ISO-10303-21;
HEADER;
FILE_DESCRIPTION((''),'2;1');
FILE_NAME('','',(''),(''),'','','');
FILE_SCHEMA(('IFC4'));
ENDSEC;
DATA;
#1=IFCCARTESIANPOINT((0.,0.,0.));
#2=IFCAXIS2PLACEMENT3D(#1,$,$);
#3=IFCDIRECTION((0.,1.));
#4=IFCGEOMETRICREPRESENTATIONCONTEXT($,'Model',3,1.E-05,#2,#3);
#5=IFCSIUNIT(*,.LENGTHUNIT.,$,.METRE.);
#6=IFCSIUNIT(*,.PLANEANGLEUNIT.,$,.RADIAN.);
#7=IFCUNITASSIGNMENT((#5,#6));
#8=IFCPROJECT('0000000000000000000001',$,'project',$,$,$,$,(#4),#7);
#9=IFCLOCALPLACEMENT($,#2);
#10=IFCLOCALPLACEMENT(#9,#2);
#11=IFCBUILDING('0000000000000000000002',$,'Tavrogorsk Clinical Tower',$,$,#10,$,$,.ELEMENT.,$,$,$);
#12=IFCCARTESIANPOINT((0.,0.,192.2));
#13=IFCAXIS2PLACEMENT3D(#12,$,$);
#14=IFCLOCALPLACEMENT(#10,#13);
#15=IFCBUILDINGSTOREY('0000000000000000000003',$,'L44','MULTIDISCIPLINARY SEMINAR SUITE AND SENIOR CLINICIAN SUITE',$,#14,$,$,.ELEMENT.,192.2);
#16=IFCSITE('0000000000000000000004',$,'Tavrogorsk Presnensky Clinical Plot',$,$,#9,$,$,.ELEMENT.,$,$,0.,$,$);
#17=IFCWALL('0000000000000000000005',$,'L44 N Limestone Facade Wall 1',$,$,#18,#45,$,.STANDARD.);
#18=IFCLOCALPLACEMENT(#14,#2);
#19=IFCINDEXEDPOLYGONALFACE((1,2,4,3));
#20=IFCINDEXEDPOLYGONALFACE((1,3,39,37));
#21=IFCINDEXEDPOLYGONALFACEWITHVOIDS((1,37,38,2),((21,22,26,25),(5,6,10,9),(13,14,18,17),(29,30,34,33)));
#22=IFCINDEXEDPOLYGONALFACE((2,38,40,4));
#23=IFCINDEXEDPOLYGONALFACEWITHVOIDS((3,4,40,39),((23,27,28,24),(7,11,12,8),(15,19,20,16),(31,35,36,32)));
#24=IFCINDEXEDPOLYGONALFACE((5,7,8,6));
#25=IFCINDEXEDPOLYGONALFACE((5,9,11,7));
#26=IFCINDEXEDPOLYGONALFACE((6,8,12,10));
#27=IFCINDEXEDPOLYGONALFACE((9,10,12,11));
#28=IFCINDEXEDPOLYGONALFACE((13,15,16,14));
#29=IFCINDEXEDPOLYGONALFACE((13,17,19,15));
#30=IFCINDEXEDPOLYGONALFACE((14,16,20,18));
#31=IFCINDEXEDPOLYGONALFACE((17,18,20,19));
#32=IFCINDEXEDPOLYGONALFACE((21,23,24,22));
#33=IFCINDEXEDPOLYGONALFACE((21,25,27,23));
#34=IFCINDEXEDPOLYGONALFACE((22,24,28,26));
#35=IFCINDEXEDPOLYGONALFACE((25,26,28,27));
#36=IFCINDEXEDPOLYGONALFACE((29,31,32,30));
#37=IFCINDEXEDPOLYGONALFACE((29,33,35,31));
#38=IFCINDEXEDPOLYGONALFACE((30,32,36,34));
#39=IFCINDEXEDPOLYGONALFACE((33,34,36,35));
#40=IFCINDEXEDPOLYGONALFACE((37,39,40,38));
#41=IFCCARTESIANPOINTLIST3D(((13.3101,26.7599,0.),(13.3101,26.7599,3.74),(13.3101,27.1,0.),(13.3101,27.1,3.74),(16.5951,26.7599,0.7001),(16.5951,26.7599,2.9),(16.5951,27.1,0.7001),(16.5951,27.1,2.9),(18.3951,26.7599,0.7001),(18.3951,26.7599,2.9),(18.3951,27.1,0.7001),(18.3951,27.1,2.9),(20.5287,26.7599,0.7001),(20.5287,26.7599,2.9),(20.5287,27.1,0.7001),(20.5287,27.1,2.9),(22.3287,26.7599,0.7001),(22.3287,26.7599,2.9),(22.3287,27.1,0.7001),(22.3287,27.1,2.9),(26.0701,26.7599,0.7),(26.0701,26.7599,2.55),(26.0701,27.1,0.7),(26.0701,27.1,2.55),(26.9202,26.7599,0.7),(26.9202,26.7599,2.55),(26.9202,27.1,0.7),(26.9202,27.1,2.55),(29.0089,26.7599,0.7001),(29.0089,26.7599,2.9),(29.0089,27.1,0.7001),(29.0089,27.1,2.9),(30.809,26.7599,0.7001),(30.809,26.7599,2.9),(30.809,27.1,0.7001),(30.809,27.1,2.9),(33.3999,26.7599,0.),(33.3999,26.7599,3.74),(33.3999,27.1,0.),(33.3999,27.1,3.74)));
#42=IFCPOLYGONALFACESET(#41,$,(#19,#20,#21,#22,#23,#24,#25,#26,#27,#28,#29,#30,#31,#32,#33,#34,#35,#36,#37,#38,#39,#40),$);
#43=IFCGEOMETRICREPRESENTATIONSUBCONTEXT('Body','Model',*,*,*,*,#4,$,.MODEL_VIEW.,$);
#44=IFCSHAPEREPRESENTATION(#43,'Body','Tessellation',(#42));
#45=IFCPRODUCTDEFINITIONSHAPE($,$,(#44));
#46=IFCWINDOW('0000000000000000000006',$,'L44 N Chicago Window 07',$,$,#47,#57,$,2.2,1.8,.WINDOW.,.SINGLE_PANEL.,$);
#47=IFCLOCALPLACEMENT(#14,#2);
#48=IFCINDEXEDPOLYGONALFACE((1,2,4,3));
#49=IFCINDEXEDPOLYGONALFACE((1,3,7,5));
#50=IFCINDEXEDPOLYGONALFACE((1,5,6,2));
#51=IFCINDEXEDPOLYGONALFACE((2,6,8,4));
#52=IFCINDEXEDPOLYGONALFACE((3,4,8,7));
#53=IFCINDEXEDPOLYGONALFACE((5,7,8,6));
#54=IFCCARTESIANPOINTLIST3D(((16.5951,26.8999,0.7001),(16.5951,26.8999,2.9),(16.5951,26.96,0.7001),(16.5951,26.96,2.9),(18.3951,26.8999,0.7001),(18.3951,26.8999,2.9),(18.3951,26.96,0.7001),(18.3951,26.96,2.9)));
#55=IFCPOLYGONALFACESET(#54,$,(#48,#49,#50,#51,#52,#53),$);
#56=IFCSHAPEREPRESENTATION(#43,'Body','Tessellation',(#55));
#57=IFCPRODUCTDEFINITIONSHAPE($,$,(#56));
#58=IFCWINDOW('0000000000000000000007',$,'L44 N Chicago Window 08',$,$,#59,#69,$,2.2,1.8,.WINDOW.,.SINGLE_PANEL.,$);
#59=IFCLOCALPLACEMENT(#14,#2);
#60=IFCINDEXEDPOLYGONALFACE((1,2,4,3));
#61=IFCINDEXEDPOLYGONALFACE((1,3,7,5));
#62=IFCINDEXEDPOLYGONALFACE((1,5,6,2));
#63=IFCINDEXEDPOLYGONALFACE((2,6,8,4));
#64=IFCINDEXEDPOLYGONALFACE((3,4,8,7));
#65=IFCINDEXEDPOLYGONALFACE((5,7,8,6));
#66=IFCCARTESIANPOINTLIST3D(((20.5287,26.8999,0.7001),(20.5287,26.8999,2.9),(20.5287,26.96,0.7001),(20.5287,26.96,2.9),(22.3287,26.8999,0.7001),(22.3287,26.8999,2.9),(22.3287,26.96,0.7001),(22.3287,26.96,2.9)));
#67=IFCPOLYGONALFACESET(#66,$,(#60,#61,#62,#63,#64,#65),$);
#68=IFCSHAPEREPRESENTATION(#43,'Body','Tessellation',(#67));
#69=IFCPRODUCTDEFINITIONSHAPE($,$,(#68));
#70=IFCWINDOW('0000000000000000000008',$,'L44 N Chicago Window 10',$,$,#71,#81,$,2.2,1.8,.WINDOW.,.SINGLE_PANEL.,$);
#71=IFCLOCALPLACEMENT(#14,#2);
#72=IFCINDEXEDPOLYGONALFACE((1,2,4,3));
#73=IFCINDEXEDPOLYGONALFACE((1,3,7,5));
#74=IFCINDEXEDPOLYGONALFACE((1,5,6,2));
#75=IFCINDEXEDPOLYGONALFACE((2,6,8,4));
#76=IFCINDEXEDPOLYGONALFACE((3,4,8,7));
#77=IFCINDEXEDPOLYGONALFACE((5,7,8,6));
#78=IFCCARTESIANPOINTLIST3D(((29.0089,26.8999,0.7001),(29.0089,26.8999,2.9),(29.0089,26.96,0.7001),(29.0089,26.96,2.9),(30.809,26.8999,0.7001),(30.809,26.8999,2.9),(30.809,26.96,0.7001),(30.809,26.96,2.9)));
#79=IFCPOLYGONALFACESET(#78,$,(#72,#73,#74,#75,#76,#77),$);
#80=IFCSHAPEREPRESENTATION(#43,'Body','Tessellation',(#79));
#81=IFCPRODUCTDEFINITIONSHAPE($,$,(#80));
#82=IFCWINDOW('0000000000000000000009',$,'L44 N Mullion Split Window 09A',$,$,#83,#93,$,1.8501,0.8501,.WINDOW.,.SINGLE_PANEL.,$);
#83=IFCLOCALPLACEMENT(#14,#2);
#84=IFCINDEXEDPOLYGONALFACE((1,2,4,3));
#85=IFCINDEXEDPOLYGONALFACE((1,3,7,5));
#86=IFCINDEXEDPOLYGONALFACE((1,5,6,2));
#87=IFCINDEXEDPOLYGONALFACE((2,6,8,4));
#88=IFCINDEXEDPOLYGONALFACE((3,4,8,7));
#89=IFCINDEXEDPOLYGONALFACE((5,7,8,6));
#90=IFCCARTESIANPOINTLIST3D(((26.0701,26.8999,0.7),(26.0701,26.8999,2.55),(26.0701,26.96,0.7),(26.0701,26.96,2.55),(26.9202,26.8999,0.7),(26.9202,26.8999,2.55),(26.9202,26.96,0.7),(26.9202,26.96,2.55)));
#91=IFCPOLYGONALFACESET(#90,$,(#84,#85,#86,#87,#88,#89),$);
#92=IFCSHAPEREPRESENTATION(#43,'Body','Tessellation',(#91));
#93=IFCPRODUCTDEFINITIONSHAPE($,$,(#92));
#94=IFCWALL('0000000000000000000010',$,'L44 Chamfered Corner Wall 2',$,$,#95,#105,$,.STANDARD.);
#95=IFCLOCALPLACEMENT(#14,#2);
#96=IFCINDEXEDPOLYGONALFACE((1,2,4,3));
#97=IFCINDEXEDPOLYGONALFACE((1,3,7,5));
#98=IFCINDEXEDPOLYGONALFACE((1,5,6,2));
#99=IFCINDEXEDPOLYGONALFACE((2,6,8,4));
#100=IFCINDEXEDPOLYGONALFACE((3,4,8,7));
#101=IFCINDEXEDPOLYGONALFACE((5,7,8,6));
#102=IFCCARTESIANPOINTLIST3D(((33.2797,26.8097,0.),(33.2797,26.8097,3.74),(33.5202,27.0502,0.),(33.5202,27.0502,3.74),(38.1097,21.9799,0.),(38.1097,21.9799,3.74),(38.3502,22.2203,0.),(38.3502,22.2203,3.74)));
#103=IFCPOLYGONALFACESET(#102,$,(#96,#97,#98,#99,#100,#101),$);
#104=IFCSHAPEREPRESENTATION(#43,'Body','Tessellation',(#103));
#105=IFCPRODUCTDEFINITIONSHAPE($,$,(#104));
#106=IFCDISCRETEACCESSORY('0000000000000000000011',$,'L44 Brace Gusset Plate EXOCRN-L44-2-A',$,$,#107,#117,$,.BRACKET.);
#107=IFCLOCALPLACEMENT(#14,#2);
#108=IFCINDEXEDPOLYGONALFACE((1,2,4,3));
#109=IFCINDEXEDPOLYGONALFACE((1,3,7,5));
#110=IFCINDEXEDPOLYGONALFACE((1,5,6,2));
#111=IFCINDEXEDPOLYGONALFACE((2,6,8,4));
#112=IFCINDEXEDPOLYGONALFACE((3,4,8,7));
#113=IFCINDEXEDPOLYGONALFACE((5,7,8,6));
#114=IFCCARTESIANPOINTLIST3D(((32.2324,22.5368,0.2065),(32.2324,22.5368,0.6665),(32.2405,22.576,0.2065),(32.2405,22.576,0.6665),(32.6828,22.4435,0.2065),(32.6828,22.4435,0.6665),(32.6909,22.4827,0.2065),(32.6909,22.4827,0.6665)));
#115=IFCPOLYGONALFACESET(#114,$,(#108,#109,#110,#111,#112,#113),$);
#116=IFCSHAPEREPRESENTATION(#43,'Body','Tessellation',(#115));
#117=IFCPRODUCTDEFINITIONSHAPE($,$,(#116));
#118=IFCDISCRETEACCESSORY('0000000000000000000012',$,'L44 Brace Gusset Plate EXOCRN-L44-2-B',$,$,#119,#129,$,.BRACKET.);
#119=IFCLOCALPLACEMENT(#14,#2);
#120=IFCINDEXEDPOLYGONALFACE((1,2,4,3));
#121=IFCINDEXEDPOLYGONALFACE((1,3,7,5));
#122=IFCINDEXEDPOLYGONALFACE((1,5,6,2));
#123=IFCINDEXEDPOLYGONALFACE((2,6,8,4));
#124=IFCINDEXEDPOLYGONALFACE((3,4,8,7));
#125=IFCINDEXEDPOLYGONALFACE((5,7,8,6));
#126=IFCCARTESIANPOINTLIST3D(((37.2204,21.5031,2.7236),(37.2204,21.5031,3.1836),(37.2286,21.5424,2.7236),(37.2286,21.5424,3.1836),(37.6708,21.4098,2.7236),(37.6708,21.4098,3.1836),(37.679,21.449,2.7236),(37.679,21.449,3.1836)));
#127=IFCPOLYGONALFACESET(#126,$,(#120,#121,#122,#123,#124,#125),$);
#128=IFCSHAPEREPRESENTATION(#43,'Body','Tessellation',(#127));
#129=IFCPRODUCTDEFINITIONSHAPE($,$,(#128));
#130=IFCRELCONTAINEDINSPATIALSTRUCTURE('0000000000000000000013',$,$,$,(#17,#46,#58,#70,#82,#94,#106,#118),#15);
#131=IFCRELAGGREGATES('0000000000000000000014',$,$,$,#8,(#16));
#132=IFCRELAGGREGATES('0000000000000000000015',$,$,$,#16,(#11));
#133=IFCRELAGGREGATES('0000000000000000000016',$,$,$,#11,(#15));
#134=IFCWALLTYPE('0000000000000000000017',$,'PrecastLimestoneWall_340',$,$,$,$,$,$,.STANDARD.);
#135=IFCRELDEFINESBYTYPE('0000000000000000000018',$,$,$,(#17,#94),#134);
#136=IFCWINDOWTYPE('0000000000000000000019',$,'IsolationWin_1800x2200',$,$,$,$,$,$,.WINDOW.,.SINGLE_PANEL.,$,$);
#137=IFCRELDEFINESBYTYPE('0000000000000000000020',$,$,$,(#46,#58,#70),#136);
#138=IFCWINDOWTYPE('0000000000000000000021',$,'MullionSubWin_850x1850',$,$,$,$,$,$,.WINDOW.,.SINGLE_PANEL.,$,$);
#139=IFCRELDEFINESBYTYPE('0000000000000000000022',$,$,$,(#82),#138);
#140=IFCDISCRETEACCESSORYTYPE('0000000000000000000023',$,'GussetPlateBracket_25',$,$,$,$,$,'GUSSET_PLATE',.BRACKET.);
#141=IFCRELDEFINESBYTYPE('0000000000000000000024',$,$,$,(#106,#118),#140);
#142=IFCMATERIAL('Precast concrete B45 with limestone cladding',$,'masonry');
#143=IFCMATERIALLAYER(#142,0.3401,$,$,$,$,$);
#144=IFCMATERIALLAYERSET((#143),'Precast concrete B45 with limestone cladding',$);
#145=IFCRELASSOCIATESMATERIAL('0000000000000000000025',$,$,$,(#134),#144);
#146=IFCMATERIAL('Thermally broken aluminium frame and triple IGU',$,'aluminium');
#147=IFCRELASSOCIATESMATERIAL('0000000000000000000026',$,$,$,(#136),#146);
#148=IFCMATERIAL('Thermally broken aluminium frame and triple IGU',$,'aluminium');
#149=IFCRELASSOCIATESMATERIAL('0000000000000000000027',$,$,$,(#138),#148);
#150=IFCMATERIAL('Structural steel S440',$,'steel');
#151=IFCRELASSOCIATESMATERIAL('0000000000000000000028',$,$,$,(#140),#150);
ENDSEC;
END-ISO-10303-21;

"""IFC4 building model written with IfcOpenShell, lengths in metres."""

from ifc_helpers import new_model, si_unit, direction, frame, frame_2d, origin, origin_2d, place, context, subcontext, project, spatial, rectangle, extrude, material, layer, layer_set, type_object, element, fill, save


model = new_model("IFC4")

# Units and contexts
model_context = context("Model", 3, precision=1e-05, world=origin(), true_north=direction((0.0, 1.0)))
body_context = subcontext(model_context, "Body", "Model", "MODEL_VIEW")
ifc_project = project(units=[si_unit("LENGTHUNIT", "METRE"), si_unit("PLANEANGLEUNIT", "RADIAN")], contexts=[model_context])

# Site, building, storey
site_placement = place(None, origin())
site = spatial("IfcSite", under=ifc_project, at=site_placement, Name="Tavrogorsk Presnensky Clinical Plot", CompositionType="ELEMENT", RefElevation=0.0)
building_placement = place(site_placement, origin())
building = spatial("IfcBuilding", under=site, at=building_placement, Name="Tavrogorsk Clinical Tower", CompositionType="ELEMENT")
storey_placement = place(building_placement, frame((0.0, 0.0, 192.2)))
storey = spatial("IfcBuildingStorey", under=building, at=storey_placement, Name="L44", Description="MULTIDISCIPLINARY SEMINAR SUITE AND SENIOR CLINICIAN SUITE", CompositionType="ELEMENT", Elevation=192.2)

# Wall, openings, windows
ifc_material_1 = material(Name="Precast concrete B45 with limestone cladding", Category="masonry")
ifc_layer_1 = layer(ifc_material_1, 0.3401)
ifc_layer_set_1 = layer_set([ifc_layer_1], Name="Precast concrete B45 with limestone cladding")
wall_type_1 = type_object("IfcWallType", Name="PrecastLimestoneWall_340", PredefinedType="STANDARD", material=ifc_layer_set_1)
wall_1_placement = place(storey_placement, frame((33.3999, 26.9299, 0.0), z_axis=(0.0, 0.0, 1.0), x_axis=(-1.0, 0.0, 0.0)))
wall_1 = element("IfcWall", 1, at=wall_1_placement, inside=storey, type_object=wall_type_1, Name="L44 N Limestone Facade Wall 1", PredefinedType="STANDARD", context=body_context, shape_type="SweptSolid", body=[
    extrude(rectangle(XDim=20.0898, YDim=0.3401, at=frame_2d((10.0449, 0.0))), origin(), (0.0, 0.0, 1.0), 3.74),
])
opening_1_placement = place(wall_1_placement, frame((15.0049, 0.0, 0.7)))
opening_1 = element("IfcOpeningElement", 2, at=opening_1_placement, cuts=wall_1, PredefinedType="OPENING", context=body_context, shape_type="SweptSolid", body=[
    extrude(rectangle(XDim=1.8, YDim=2.2, at=frame_2d((0.8999, 1.1001))), frame((0.0, 0.1799, 0.0), z_axis=(0.0, -1.0, 0.0), x_axis=(1.0, 0.0, 0.0)), (0.0, 0.0, 1.0), 0.3601),
])
opening_2_placement = place(wall_1_placement, frame((11.0713, 0.0, 0.7)))
opening_2 = element("IfcOpeningElement", 3, at=opening_2_placement, cuts=wall_1, PredefinedType="OPENING", context=body_context, shape_type="SweptSolid", body=[
    extrude(rectangle(XDim=1.8, YDim=2.2, at=frame_2d((0.8999, 1.1001))), frame((0.0, 0.1799, 0.0), z_axis=(0.0, -1.0, 0.0), x_axis=(1.0, 0.0, 0.0)), (0.0, 0.0, 1.0), 0.3601),
])
opening_3_placement = place(wall_1_placement, frame((6.4797, 0.0, 0.7)))
opening_3 = element("IfcOpeningElement", 4, at=opening_3_placement, cuts=wall_1, PredefinedType="OPENING", context=body_context, shape_type="SweptSolid", body=[
    extrude(rectangle(XDim=0.8501, YDim=1.8501, at=frame_2d((0.425, 0.925))), frame((0.0, 0.1799, 0.0), z_axis=(0.0, -1.0, 0.0), x_axis=(1.0, 0.0, 0.0)), (0.0, 0.0, 1.0), 0.3601),
])
opening_4_placement = place(wall_1_placement, frame((2.5911, 0.0, 0.7)))
opening_4 = element("IfcOpeningElement", 5, at=opening_4_placement, cuts=wall_1, PredefinedType="OPENING", context=body_context, shape_type="SweptSolid", body=[
    extrude(rectangle(XDim=1.8, YDim=2.2, at=frame_2d((0.8999, 1.1001))), frame((0.0, 0.1799, 0.0), z_axis=(0.0, -1.0, 0.0), x_axis=(1.0, 0.0, 0.0)), (0.0, 0.0, 1.0), 0.3601),
])
ifc_material_2 = material(Name="Thermally broken aluminium frame and triple IGU", Category="aluminium")
window_type_1 = type_object("IfcWindowType", Name="IsolationWin_1800x2200", PartitioningType="SINGLE_PANEL", PredefinedType="WINDOW", material=ifc_material_2)
window_1_placement = place(opening_1_placement, origin())
window_1 = element("IfcWindow", 6, at=window_1_placement, inside=storey, type_object=window_type_1, Name="L44 N Chicago Window 07", OverallHeight=2.2, OverallWidth=1.8, PartitioningType="SINGLE_PANEL", PredefinedType="WINDOW", context=body_context, shape_type="SweptSolid", body=[
    extrude(rectangle(XDim=1.8, YDim=2.2, at=frame_2d((0.8999, 1.1001))), frame((0.0, 0.03, 0.0), z_axis=(0.0, -1.0, 0.0), x_axis=(1.0, 0.0, 0.0)), (0.0, 0.0, 1.0), 0.0601),
])
fill(opening_1, window_1)
window_2_placement = place(opening_2_placement, origin())
window_2 = element("IfcWindow", 7, at=window_2_placement, inside=storey, type_object=window_type_1, Name="L44 N Chicago Window 08", OverallHeight=2.2, OverallWidth=1.8, PartitioningType="SINGLE_PANEL", PredefinedType="WINDOW", context=body_context, shape_type="SweptSolid", body=[
    extrude(rectangle(XDim=1.8, YDim=2.2, at=frame_2d((0.8999, 1.1001))), frame((0.0, 0.03, 0.0), z_axis=(0.0, -1.0, 0.0), x_axis=(1.0, 0.0, 0.0)), (0.0, 0.0, 1.0), 0.0601),
])
fill(opening_2, window_2)
window_3_placement = place(opening_4_placement, origin())
window_3 = element("IfcWindow", 8, at=window_3_placement, inside=storey, type_object=window_type_1, Name="L44 N Chicago Window 10", OverallHeight=2.2, OverallWidth=1.8, PartitioningType="SINGLE_PANEL", PredefinedType="WINDOW", context=body_context, shape_type="SweptSolid", body=[
    extrude(rectangle(XDim=1.8, YDim=2.2, at=frame_2d((0.8999, 1.1001))), frame((0.0, 0.03, 0.0), z_axis=(0.0, -1.0, 0.0), x_axis=(1.0, 0.0, 0.0)), (0.0, 0.0, 1.0), 0.0601),
])
fill(opening_4, window_3)
ifc_material_3 = material(Name="Thermally broken aluminium frame and triple IGU", Category="aluminium")
window_type_2 = type_object("IfcWindowType", Name="MullionSubWin_850x1850", PartitioningType="SINGLE_PANEL", PredefinedType="WINDOW", material=ifc_material_3)
window_4_placement = place(opening_3_placement, origin())
window_4 = element("IfcWindow", 9, at=window_4_placement, inside=storey, type_object=window_type_2, Name="L44 N Mullion Split Window 09A", OverallHeight=1.8501, OverallWidth=0.8501, PartitioningType="SINGLE_PANEL", PredefinedType="WINDOW", context=body_context, shape_type="SweptSolid", body=[
    extrude(rectangle(XDim=0.8501, YDim=1.8501, at=frame_2d((0.425, 0.925))), frame((0.0, 0.03, 0.0), z_axis=(0.0, -1.0, 0.0), x_axis=(1.0, 0.0, 0.0)), (0.0, 0.0, 1.0), 0.0601),
])
fill(opening_3, window_4)

# Wall
wall_2_placement = place(storey_placement, frame((38.23, 22.1001, 0.0), z_axis=(0.0, 0.0, 1.0), x_axis=(-0.707125, 0.707089, 0.0)))
element("IfcWall", 10, at=wall_2_placement, inside=storey, type_object=wall_type_1, Name="L44 Chamfered Corner Wall 2", PredefinedType="STANDARD", context=body_context, shape_type="SweptSolid", body=[
    extrude(rectangle(XDim=6.8306, YDim=0.3401, at=frame_2d((3.4153, 0.0))), origin(), (0.0, 0.0, 1.0), 3.74),
])

# Discrete accessories
ifc_material_4 = material(Name="Structural steel S440", Category="steel")
discrete_accessory_type = type_object("IfcDiscreteAccessoryType", Name="GussetPlateBracket_25", ElementType="GUSSET_PLATE", PredefinedType="BRACKET", material=ifc_material_4)
for number, where, z_axis, x_axis, name in (
    (11, (32.4617, 22.5098, 0.2065), (0.0, 0.0, 1.0), (0.979187, -0.202958, 0.0), "L44 Brace Gusset Plate EXOCRN-L44-2-A"),
    (12, (37.4497, 21.4761, 2.7236), (0.0, 0.0, 1.0), (0.979187, -0.202958, 0.0), "L44 Brace Gusset Plate EXOCRN-L44-2-B"),
):
    element("IfcDiscreteAccessory", number, at=place(storey_placement, frame(where, z_axis=z_axis, x_axis=x_axis)), inside=storey, type_object=discrete_accessory_type, Name=name, PredefinedType="BRACKET", context=body_context, shape_type="SweptSolid", body=[
        extrude(rectangle(XDim=0.46, YDim=0.04, at=origin_2d()), origin(), (0.0, 0.0, 1.0), 0.46),
    ])

save(model, "model.ifc")
